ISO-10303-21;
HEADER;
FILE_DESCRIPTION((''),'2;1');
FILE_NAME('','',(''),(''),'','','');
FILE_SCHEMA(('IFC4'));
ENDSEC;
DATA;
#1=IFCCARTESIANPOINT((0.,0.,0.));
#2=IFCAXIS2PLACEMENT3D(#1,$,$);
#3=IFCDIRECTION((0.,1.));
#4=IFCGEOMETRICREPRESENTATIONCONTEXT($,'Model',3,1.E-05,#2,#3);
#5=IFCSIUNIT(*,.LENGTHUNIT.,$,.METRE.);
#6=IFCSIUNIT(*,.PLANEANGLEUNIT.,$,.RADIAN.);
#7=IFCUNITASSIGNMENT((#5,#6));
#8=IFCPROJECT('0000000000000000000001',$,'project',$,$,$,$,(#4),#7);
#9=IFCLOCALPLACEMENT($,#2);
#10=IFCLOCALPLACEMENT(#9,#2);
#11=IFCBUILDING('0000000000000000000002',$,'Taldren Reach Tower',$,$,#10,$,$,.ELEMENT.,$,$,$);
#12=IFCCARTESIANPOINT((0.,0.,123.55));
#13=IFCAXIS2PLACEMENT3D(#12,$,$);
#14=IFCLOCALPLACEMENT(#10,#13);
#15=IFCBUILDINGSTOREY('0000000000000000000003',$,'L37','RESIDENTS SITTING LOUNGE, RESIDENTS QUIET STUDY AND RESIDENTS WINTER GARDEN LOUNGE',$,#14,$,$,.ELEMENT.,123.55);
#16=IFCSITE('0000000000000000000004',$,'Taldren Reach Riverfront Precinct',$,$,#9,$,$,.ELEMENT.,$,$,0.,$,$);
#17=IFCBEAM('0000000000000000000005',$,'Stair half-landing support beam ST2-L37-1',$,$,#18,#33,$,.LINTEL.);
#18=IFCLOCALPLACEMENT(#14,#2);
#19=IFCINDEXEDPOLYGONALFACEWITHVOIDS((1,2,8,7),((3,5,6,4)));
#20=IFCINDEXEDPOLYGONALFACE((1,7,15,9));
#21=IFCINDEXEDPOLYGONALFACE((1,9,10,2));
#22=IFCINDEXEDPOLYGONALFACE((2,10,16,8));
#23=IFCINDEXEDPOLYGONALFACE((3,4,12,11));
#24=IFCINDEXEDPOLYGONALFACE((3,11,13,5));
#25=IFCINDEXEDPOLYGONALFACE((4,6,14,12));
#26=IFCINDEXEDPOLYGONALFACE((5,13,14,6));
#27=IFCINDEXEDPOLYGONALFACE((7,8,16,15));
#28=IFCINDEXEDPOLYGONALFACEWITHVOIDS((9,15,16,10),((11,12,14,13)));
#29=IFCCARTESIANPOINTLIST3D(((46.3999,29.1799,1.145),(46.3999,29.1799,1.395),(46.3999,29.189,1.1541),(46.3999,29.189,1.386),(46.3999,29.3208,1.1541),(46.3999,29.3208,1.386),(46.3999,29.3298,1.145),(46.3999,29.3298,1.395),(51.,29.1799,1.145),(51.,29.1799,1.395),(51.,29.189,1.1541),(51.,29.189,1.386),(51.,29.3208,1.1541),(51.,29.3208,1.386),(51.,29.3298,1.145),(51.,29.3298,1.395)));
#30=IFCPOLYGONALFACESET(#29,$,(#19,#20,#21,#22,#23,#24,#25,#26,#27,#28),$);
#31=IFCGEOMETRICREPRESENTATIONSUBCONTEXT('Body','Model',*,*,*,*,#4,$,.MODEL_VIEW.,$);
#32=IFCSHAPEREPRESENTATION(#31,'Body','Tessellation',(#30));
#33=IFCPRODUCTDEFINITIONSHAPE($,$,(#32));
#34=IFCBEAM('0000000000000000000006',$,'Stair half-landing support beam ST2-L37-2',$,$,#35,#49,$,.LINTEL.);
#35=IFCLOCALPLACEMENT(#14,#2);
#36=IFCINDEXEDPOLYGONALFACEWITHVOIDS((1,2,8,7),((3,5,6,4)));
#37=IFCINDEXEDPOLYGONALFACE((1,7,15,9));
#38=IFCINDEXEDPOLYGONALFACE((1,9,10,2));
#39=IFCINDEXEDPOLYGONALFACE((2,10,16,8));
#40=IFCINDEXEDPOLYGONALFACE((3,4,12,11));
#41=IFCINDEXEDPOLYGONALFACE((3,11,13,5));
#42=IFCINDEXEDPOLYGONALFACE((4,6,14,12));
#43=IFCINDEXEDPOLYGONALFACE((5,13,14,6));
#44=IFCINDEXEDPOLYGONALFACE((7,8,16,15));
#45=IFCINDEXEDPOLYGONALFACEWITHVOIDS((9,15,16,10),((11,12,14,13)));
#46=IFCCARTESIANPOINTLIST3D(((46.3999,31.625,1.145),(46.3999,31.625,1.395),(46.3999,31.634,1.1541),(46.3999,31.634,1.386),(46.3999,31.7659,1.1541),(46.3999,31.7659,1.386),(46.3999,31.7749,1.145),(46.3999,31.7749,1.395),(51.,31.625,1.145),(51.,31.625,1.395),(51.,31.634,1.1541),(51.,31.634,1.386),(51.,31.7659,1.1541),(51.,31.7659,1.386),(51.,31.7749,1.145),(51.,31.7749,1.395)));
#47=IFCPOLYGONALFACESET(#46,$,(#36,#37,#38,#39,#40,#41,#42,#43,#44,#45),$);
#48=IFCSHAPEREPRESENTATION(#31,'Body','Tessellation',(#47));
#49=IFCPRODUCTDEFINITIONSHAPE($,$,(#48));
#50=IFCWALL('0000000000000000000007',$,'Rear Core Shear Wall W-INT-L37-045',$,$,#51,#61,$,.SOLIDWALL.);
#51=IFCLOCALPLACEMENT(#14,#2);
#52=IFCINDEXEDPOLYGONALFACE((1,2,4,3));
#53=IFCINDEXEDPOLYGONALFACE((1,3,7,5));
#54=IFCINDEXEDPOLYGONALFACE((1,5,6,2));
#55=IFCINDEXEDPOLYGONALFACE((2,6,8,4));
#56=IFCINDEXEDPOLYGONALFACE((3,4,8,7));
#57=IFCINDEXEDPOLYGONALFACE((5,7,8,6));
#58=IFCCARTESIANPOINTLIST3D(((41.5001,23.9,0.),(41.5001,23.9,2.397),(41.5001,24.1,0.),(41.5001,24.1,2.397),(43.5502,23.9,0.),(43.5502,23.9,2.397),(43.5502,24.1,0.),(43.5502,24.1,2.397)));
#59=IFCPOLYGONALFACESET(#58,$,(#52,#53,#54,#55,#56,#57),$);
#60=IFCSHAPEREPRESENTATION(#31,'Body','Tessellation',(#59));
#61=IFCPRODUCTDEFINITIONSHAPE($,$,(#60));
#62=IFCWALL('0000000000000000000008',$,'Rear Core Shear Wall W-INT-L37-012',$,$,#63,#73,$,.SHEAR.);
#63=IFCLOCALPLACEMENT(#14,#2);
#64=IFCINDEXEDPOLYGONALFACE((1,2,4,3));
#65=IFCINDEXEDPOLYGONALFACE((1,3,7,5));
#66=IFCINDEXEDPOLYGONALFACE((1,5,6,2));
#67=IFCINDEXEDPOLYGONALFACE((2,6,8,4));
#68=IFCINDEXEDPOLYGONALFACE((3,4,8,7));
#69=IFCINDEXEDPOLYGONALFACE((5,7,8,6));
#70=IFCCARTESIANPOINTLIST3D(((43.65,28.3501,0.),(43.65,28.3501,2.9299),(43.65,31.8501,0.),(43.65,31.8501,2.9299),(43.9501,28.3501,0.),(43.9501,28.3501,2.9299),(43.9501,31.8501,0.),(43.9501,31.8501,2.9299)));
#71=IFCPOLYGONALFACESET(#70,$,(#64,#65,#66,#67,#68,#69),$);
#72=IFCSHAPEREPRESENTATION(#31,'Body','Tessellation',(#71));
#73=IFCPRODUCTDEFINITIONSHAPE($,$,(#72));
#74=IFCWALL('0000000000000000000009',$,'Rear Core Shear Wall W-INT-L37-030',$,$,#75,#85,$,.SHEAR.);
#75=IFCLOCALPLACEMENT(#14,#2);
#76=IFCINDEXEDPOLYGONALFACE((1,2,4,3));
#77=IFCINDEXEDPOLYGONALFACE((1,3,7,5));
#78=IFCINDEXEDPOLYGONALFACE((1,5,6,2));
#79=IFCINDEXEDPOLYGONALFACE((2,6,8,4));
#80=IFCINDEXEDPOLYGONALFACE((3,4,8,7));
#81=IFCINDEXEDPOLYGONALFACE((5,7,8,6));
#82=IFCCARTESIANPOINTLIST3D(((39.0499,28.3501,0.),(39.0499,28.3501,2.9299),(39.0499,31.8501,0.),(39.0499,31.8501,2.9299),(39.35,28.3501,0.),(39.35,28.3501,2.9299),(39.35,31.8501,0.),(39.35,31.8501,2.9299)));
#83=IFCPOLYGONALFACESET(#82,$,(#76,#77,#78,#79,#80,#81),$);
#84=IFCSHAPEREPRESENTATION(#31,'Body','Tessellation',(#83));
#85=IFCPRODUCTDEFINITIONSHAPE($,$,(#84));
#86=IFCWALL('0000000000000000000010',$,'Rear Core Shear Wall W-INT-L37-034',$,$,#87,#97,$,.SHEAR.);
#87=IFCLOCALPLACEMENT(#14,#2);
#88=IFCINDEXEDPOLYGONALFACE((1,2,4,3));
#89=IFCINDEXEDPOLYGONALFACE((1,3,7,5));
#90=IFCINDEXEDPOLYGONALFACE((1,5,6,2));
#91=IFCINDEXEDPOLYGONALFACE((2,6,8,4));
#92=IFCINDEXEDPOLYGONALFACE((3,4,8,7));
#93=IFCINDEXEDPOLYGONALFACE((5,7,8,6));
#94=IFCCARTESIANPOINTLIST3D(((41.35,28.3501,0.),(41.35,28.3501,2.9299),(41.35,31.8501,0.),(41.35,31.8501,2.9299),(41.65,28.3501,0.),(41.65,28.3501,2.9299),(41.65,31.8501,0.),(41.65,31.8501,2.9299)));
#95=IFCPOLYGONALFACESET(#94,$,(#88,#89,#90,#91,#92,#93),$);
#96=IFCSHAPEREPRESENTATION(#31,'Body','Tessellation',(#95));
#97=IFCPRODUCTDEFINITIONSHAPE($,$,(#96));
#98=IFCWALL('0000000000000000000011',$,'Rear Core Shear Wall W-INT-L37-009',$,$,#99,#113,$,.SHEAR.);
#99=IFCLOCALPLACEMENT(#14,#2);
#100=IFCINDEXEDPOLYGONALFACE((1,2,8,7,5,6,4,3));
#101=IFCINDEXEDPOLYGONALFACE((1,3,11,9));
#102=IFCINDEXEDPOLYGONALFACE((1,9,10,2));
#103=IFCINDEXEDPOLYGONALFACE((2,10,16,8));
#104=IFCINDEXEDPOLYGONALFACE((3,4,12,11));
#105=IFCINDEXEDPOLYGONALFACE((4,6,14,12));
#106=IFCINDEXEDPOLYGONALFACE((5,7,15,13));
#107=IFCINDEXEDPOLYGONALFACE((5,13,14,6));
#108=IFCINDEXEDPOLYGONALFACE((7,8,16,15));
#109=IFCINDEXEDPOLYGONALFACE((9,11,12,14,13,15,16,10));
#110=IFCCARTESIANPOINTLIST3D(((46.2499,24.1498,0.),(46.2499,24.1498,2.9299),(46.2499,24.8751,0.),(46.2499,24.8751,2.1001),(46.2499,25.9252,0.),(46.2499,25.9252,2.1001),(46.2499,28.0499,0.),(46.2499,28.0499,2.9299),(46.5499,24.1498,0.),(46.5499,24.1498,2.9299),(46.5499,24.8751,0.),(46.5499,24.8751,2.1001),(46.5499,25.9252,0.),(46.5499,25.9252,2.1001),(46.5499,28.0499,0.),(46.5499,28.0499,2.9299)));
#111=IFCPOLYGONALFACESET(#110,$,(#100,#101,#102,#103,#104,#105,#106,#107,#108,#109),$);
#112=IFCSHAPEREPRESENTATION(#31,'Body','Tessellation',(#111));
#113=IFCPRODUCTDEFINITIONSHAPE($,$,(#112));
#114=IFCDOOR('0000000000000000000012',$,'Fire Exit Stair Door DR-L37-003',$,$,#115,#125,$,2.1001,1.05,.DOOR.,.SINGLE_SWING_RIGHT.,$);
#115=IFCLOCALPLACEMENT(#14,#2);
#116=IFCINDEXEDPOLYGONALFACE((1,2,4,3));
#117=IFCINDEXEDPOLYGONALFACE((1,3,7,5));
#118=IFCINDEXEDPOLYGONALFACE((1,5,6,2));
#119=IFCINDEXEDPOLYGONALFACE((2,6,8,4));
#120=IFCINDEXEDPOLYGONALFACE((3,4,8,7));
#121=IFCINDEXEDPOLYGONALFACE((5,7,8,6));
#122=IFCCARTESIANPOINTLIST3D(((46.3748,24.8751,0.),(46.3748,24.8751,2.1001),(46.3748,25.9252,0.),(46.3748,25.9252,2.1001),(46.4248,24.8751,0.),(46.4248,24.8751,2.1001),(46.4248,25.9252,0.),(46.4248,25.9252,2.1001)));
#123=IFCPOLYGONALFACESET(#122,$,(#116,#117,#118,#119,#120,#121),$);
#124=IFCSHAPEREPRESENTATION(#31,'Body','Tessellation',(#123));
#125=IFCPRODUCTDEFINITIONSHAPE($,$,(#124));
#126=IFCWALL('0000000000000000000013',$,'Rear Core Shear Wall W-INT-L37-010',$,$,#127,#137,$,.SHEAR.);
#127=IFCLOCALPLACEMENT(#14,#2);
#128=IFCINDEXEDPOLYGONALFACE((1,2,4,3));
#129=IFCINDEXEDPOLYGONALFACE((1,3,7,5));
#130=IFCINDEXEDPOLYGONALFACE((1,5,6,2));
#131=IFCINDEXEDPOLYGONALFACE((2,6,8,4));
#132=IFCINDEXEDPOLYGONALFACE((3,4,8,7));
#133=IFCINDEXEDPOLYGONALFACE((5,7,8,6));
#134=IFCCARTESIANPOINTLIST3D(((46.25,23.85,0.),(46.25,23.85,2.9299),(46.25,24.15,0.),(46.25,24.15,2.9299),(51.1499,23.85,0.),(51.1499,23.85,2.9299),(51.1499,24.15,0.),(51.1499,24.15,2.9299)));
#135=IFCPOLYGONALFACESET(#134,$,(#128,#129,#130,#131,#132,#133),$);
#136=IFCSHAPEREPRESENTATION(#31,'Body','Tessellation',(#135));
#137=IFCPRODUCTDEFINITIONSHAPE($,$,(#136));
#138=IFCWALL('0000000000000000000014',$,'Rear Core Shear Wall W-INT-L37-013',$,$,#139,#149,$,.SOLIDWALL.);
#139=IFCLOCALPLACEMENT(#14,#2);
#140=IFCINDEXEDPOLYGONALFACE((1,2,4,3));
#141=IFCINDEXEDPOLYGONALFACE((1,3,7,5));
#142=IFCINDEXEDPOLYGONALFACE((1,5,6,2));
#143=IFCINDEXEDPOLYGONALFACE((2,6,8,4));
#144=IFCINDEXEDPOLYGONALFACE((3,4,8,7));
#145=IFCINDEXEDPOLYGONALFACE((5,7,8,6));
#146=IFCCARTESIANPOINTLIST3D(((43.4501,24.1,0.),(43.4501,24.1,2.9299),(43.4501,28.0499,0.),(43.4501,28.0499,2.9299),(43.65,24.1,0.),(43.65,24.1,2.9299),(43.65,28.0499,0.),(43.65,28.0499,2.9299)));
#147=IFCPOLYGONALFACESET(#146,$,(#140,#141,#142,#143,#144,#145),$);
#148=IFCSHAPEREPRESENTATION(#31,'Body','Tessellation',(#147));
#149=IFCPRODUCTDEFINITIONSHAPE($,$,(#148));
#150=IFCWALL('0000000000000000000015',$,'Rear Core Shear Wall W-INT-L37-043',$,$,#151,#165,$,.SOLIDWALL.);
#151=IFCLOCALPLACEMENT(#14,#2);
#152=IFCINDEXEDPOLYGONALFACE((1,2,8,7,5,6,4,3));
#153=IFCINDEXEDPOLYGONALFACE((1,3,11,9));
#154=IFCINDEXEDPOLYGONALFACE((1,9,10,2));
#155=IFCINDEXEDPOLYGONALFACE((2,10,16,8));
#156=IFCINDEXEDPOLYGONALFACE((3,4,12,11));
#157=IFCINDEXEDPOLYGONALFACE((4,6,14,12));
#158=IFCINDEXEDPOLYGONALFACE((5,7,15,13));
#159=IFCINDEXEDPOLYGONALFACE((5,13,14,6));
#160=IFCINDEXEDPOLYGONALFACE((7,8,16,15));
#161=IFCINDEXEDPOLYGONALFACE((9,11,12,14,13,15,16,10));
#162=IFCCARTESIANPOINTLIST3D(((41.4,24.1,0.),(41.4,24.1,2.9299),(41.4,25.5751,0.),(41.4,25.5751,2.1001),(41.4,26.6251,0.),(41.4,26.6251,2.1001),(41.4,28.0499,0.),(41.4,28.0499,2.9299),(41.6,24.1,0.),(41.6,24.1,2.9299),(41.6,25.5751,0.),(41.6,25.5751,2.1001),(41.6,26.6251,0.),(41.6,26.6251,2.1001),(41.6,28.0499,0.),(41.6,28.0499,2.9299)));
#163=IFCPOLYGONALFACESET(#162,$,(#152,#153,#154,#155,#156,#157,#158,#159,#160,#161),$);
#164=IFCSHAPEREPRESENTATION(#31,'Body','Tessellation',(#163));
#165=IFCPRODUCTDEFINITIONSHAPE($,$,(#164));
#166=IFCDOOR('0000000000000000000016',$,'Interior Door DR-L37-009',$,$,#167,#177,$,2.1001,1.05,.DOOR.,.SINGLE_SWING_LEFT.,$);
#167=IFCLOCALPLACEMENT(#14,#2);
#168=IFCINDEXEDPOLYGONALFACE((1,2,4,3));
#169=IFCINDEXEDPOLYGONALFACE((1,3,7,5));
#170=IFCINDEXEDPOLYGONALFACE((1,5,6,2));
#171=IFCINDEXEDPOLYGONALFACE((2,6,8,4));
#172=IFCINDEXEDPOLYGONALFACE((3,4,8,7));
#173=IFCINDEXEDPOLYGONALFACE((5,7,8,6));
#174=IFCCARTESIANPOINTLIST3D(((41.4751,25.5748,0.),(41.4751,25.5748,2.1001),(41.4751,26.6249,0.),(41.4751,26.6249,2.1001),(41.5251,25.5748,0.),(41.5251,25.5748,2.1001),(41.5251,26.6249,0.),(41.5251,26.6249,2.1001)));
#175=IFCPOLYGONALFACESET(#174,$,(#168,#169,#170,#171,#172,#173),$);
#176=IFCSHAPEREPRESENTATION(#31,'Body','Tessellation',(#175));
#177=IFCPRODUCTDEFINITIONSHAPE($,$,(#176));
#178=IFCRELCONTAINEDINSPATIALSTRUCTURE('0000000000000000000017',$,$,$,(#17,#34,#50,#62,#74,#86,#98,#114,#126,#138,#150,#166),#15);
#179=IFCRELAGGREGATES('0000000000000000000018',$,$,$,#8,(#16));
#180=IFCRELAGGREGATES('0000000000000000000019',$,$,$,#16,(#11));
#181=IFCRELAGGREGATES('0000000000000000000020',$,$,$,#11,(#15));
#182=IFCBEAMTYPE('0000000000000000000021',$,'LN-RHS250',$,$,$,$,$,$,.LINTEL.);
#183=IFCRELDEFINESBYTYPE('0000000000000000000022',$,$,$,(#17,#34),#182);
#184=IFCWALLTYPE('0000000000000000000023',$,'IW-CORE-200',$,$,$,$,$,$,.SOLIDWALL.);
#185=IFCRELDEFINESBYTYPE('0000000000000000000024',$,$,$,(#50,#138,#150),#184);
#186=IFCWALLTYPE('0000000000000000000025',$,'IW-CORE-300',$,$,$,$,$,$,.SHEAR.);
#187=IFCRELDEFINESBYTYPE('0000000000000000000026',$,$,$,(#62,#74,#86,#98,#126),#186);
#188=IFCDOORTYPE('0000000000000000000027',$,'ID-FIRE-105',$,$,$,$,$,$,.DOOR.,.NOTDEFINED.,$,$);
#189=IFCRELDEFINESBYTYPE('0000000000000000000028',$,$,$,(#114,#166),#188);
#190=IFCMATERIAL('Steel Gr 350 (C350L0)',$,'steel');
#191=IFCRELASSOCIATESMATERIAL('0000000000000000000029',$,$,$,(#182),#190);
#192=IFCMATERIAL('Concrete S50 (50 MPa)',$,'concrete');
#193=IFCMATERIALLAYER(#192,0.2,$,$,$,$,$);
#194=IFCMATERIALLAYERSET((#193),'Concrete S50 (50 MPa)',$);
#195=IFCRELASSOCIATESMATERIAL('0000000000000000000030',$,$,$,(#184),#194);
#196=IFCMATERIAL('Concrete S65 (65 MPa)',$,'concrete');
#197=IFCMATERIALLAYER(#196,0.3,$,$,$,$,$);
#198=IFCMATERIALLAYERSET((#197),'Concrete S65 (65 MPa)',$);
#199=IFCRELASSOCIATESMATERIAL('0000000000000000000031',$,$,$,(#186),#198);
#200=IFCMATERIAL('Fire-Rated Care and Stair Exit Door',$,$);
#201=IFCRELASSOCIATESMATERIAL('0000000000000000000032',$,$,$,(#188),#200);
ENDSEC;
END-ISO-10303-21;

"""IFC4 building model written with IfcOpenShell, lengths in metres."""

from ifc_helpers import new_model, si_unit, direction, frame, frame_2d, origin, origin_2d, place, context, subcontext, project, spatial, rectangle, hollow_rectangle, extrude, source, transform, mapped, material, layer, layer_set, material_profile, profile_set, type_object, element, fill, save


model = new_model("IFC4")

# Units and contexts
model_context = context("Model", 3, precision=1e-05, world=origin(), true_north=direction((0.0, 1.0)))
body_context = subcontext(model_context, "Body", "Model", "MODEL_VIEW")
ifc_project = project(units=[si_unit("LENGTHUNIT", "METRE"), si_unit("PLANEANGLEUNIT", "RADIAN")], contexts=[model_context])

# Site, building, storey
site_placement = place(None, origin())
site = spatial("IfcSite", under=ifc_project, at=site_placement, Name="Taldren Reach Riverfront Precinct", CompositionType="ELEMENT", RefElevation=0.0)
building_placement = place(site_placement, origin())
building = spatial("IfcBuilding", under=site, at=building_placement, Name="Taldren Reach Tower", CompositionType="ELEMENT")
storey_placement = place(building_placement, frame((0.0, 0.0, 123.55)))
storey = spatial("IfcBuildingStorey", under=building, at=storey_placement, Name="L37", Description="RESIDENTS SITTING LOUNGE, RESIDENTS QUIET STUDY AND RESIDENTS WINTER GARDEN LOUNGE", CompositionType="ELEMENT", Elevation=123.55)

# Beams
ifc_material_1 = material(Name="Steel Gr 350 (C350L0)", Category="steel")
ifc_material_profile = material_profile(ifc_material_1, hollow_rectangle(XDim=0.1499, YDim=0.25, WallThickness=0.009, at=origin_2d()), Name="250x150x9.0RHS")
ifc_profile_set = profile_set([ifc_material_profile], Name="Steel Gr 350 (C350L0)")
beam_type = type_object("IfcBeamType", Name="LN-RHS250", PredefinedType="LINTEL", material=ifc_profile_set)
shared_shape_1 = source(origin(), body_context, "Body", "SweptSolid", [
    extrude(hollow_rectangle(XDim=0.1499, YDim=0.25, WallThickness=0.009, at=origin_2d()), origin(), (0.0, 0.0, 1.0), 4.6001),
])
for number, where, z_axis, x_axis, name in (
    (1, (46.3999, 29.2549, 1.27), (1.0, 0.0, 0.0), (0.0, 1.0, 0.0), "Stair half-landing support beam ST2-L37-1"),
    (2, (46.3999, 31.7, 1.27), (1.0, 0.0, 0.0), (0.0, 1.0, 0.0), "Stair half-landing support beam ST2-L37-2"),
):
    element("IfcBeam", number, at=place(storey_placement, frame(where, z_axis=z_axis, x_axis=x_axis)), inside=storey, type_object=beam_type, Name=name, PredefinedType="LINTEL", context=body_context, shape_type="MappedRepresentation", body=[
        mapped(shared_shape_1, transform((0.0, 0.0, 0.0), scale=1.0)),
    ])

# Walls
ifc_material_2 = material(Name="Concrete S50 (50 MPa)", Category="concrete")
ifc_layer_1 = layer(ifc_material_2, 0.2)
ifc_layer_set_1 = layer_set([ifc_layer_1], Name="Concrete S50 (50 MPa)")
wall_type_1 = type_object("IfcWallType", Name="IW-CORE-200", PredefinedType="SOLIDWALL", material=ifc_layer_set_1)
shared_shape_2 = source(origin(), body_context, "Body", "SweptSolid", [
    extrude(rectangle(XDim=2.05, YDim=0.2, at=frame_2d((1.0249, 0.0))), origin(), (0.0, 0.0, 1.0), 2.397),
])
wall_1_placement = place(storey_placement, frame((43.55, 24.0, 0.0), z_axis=(0.0, 0.0, 1.0), x_axis=(-1.0, 0.0, 0.0)))
element("IfcWall", 3, at=wall_1_placement, inside=storey, type_object=wall_type_1, Name="Rear Core Shear Wall W-INT-L37-045", PredefinedType="SOLIDWALL", context=body_context, shape_type="MappedRepresentation", body=[
    mapped(shared_shape_2, transform((0.0, 0.0, 0.0), scale=1.0)),
])
ifc_material_3 = material(Name="Concrete S65 (65 MPa)", Category="concrete")
ifc_layer_2 = layer(ifc_material_3, 0.3)
ifc_layer_set_2 = layer_set([ifc_layer_2], Name="Concrete S65 (65 MPa)")
wall_type_2 = type_object("IfcWallType", Name="IW-CORE-300", PredefinedType="SHEAR", material=ifc_layer_set_2)
shared_shape_3 = source(origin(), body_context, "Body", "SweptSolid", [
    extrude(rectangle(XDim=3.5, YDim=0.3, at=frame_2d((1.75, 0.0))), origin(), (0.0, 0.0, 1.0), 2.9299),
])
for number, where, z_axis, x_axis, name in (
    (4, (43.8, 31.8501, 0.0), (0.0, 0.0, 1.0), (0.0, -1.0, 0.0), "Rear Core Shear Wall W-INT-L37-012"),
    (5, (39.2, 28.3501, 0.0), (0.0, 0.0, 1.0), (0.0, 1.0, 0.0), "Rear Core Shear Wall W-INT-L37-030"),
    (6, (41.5, 28.3501, 0.0), (0.0, 0.0, 1.0), (0.0, 1.0, 0.0), "Rear Core Shear Wall W-INT-L37-034"),
):
    element("IfcWall", number, at=place(storey_placement, frame(where, z_axis=z_axis, x_axis=x_axis)), inside=storey, type_object=wall_type_2, Name=name, PredefinedType="SHEAR", context=body_context, shape_type="MappedRepresentation", body=[
        mapped(shared_shape_3, transform((0.0, 0.0, 0.0), scale=1.0)),
    ])

# Wall, opening, door
shared_shape_4 = source(origin(), body_context, "Body", "SweptSolid", [
    extrude(rectangle(XDim=3.9001, YDim=0.3, at=frame_2d((1.9502, 0.0))), origin(), (0.0, 0.0, 1.0), 2.9299),
])
wall_2_placement = place(storey_placement, frame((46.3999, 28.05, 0.0), z_axis=(0.0, 0.0, 1.0), x_axis=(0.0, -1.0, 0.0)))
wall_2 = element("IfcWall", 7, at=wall_2_placement, inside=storey, type_object=wall_type_2, Name="Rear Core Shear Wall W-INT-L37-009", PredefinedType="SHEAR", context=body_context, shape_type="MappedRepresentation", body=[
    mapped(shared_shape_4, transform((0.0, 0.0, 0.0), scale=1.0)),
])
shared_shape_5 = source(origin(), body_context, "Body", "SweptSolid", [
    extrude(rectangle(XDim=1.05, YDim=2.1001, at=frame_2d((0.5249, 1.05))), frame((0.0, 0.1602, 0.0), z_axis=(0.0, -1.0, 0.0), x_axis=(1.0, 0.0, 0.0)), (0.0, 0.0, 1.0), 0.3201),
])
opening_1_placement = place(wall_2_placement, frame((2.125, 0.0, 0.0)))
opening_1 = element("IfcOpeningElement", 8, at=opening_1_placement, cuts=wall_2, PredefinedType="OPENING", context=body_context, shape_type="MappedRepresentation", body=[
    mapped(shared_shape_5, transform((0.0, 0.0, 0.0), scale=1.0)),
])
ifc_material_4 = material(Name="Fire-Rated Care and Stair Exit Door")
door_type_1 = type_object("IfcDoorType", Name="ID-FIRE-105", OperationType="NOTDEFINED", PredefinedType="DOOR", material=ifc_material_4)
shared_shape_6 = source(origin(), body_context, "Body", "SweptSolid", [
    extrude(rectangle(XDim=1.05, YDim=2.1001, at=frame_2d((0.5249, 1.05))), frame((0.0, 0.0249, 0.0), z_axis=(0.0, -1.0, 0.0), x_axis=(1.0, 0.0, 0.0)), (0.0, 0.0, 1.0), 0.05),
])
door_1_placement = place(opening_1_placement, origin())
door_1 = element("IfcDoor", 9, at=door_1_placement, inside=storey, type_object=door_type_1, Name="Fire Exit Stair Door DR-L37-003", OperationType="SINGLE_SWING_RIGHT", OverallHeight=2.1001, OverallWidth=1.05, PredefinedType="DOOR", context=body_context, shape_type="MappedRepresentation", body=[
    mapped(shared_shape_6, transform((0.0, 0.0, 0.0), scale=1.0)),
])
fill(opening_1, door_1)

# Wall
shared_shape_7 = source(origin(), body_context, "Body", "SweptSolid", [
    extrude(rectangle(XDim=4.8999, YDim=0.3, at=frame_2d((2.45, 0.0))), origin(), (0.0, 0.0, 1.0), 2.9299),
])
wall_3_placement = place(storey_placement, frame((46.25, 24.0, 0.0), z_axis=(0.0, 0.0, 1.0), x_axis=(1.0, 0.0, 0.0)))
element("IfcWall", 10, at=wall_3_placement, inside=storey, type_object=wall_type_2, Name="Rear Core Shear Wall W-INT-L37-010", PredefinedType="SHEAR", context=body_context, shape_type="MappedRepresentation", body=[
    mapped(shared_shape_7, transform((0.0, 0.0, 0.0), scale=1.0)),
])

# Wall
shared_shape_8 = source(origin(), body_context, "Body", "SweptSolid", [
    extrude(rectangle(XDim=3.95, YDim=0.2, at=frame_2d((1.9751, 0.0))), origin(), (0.0, 0.0, 1.0), 2.9299),
])
wall_4_placement = place(storey_placement, frame((43.55, 28.05, 0.0), z_axis=(0.0, 0.0, 1.0), x_axis=(0.0, -1.0, 0.0)))
element("IfcWall", 11, at=wall_4_placement, inside=storey, type_object=wall_type_1, Name="Rear Core Shear Wall W-INT-L37-013", PredefinedType="SOLIDWALL", context=body_context, shape_type="MappedRepresentation", body=[
    mapped(shared_shape_8, transform((0.0, 0.0, 0.0), scale=1.0)),
])

# Wall, opening, door
wall_5_placement = place(storey_placement, frame((41.5, 28.05, 0.0), z_axis=(0.0, 0.0, 1.0), x_axis=(0.0, -1.0, 0.0)))
wall_5 = element("IfcWall", 12, at=wall_5_placement, inside=storey, type_object=wall_type_1, Name="Rear Core Shear Wall W-INT-L37-043", PredefinedType="SOLIDWALL", context=body_context, shape_type="MappedRepresentation", body=[
    mapped(shared_shape_8, transform((0.0, 0.0, 0.0), scale=1.0)),
])
shared_shape_9 = source(origin(), body_context, "Body", "SweptSolid", [
    extrude(rectangle(XDim=1.05, YDim=2.1001, at=frame_2d((0.5249, 1.05))), frame((0.0, 0.1099, 0.0), z_axis=(0.0, -1.0, 0.0), x_axis=(1.0, 0.0, 0.0)), (0.0, 0.0, 1.0), 0.22),
])
opening_2_placement = place(wall_5_placement, frame((1.425, 0.0, 0.0)))
opening_2 = element("IfcOpeningElement", 13, at=opening_2_placement, cuts=wall_5, PredefinedType="OPENING", context=body_context, shape_type="MappedRepresentation", body=[
    mapped(shared_shape_9, transform((0.0, 0.0, 0.0), scale=1.0)),
])
door_2_placement = place(opening_2_placement, frame((1.05, 0.0, 0.0), z_axis=(0.0, 0.0, 1.0), x_axis=(-1.0, 0.0, 0.0)))
door_2 = element("IfcDoor", 14, at=door_2_placement, inside=storey, type_object=door_type_1, Name="Interior Door DR-L37-009", OperationType="SINGLE_SWING_LEFT", OverallHeight=2.1001, OverallWidth=1.05, PredefinedType="DOOR", context=body_context, shape_type="MappedRepresentation", body=[
    mapped(shared_shape_6, transform((0.0, 0.0, 0.0), scale=1.0)),
])
fill(opening_2, door_2)

save(model, "model.ifc")
